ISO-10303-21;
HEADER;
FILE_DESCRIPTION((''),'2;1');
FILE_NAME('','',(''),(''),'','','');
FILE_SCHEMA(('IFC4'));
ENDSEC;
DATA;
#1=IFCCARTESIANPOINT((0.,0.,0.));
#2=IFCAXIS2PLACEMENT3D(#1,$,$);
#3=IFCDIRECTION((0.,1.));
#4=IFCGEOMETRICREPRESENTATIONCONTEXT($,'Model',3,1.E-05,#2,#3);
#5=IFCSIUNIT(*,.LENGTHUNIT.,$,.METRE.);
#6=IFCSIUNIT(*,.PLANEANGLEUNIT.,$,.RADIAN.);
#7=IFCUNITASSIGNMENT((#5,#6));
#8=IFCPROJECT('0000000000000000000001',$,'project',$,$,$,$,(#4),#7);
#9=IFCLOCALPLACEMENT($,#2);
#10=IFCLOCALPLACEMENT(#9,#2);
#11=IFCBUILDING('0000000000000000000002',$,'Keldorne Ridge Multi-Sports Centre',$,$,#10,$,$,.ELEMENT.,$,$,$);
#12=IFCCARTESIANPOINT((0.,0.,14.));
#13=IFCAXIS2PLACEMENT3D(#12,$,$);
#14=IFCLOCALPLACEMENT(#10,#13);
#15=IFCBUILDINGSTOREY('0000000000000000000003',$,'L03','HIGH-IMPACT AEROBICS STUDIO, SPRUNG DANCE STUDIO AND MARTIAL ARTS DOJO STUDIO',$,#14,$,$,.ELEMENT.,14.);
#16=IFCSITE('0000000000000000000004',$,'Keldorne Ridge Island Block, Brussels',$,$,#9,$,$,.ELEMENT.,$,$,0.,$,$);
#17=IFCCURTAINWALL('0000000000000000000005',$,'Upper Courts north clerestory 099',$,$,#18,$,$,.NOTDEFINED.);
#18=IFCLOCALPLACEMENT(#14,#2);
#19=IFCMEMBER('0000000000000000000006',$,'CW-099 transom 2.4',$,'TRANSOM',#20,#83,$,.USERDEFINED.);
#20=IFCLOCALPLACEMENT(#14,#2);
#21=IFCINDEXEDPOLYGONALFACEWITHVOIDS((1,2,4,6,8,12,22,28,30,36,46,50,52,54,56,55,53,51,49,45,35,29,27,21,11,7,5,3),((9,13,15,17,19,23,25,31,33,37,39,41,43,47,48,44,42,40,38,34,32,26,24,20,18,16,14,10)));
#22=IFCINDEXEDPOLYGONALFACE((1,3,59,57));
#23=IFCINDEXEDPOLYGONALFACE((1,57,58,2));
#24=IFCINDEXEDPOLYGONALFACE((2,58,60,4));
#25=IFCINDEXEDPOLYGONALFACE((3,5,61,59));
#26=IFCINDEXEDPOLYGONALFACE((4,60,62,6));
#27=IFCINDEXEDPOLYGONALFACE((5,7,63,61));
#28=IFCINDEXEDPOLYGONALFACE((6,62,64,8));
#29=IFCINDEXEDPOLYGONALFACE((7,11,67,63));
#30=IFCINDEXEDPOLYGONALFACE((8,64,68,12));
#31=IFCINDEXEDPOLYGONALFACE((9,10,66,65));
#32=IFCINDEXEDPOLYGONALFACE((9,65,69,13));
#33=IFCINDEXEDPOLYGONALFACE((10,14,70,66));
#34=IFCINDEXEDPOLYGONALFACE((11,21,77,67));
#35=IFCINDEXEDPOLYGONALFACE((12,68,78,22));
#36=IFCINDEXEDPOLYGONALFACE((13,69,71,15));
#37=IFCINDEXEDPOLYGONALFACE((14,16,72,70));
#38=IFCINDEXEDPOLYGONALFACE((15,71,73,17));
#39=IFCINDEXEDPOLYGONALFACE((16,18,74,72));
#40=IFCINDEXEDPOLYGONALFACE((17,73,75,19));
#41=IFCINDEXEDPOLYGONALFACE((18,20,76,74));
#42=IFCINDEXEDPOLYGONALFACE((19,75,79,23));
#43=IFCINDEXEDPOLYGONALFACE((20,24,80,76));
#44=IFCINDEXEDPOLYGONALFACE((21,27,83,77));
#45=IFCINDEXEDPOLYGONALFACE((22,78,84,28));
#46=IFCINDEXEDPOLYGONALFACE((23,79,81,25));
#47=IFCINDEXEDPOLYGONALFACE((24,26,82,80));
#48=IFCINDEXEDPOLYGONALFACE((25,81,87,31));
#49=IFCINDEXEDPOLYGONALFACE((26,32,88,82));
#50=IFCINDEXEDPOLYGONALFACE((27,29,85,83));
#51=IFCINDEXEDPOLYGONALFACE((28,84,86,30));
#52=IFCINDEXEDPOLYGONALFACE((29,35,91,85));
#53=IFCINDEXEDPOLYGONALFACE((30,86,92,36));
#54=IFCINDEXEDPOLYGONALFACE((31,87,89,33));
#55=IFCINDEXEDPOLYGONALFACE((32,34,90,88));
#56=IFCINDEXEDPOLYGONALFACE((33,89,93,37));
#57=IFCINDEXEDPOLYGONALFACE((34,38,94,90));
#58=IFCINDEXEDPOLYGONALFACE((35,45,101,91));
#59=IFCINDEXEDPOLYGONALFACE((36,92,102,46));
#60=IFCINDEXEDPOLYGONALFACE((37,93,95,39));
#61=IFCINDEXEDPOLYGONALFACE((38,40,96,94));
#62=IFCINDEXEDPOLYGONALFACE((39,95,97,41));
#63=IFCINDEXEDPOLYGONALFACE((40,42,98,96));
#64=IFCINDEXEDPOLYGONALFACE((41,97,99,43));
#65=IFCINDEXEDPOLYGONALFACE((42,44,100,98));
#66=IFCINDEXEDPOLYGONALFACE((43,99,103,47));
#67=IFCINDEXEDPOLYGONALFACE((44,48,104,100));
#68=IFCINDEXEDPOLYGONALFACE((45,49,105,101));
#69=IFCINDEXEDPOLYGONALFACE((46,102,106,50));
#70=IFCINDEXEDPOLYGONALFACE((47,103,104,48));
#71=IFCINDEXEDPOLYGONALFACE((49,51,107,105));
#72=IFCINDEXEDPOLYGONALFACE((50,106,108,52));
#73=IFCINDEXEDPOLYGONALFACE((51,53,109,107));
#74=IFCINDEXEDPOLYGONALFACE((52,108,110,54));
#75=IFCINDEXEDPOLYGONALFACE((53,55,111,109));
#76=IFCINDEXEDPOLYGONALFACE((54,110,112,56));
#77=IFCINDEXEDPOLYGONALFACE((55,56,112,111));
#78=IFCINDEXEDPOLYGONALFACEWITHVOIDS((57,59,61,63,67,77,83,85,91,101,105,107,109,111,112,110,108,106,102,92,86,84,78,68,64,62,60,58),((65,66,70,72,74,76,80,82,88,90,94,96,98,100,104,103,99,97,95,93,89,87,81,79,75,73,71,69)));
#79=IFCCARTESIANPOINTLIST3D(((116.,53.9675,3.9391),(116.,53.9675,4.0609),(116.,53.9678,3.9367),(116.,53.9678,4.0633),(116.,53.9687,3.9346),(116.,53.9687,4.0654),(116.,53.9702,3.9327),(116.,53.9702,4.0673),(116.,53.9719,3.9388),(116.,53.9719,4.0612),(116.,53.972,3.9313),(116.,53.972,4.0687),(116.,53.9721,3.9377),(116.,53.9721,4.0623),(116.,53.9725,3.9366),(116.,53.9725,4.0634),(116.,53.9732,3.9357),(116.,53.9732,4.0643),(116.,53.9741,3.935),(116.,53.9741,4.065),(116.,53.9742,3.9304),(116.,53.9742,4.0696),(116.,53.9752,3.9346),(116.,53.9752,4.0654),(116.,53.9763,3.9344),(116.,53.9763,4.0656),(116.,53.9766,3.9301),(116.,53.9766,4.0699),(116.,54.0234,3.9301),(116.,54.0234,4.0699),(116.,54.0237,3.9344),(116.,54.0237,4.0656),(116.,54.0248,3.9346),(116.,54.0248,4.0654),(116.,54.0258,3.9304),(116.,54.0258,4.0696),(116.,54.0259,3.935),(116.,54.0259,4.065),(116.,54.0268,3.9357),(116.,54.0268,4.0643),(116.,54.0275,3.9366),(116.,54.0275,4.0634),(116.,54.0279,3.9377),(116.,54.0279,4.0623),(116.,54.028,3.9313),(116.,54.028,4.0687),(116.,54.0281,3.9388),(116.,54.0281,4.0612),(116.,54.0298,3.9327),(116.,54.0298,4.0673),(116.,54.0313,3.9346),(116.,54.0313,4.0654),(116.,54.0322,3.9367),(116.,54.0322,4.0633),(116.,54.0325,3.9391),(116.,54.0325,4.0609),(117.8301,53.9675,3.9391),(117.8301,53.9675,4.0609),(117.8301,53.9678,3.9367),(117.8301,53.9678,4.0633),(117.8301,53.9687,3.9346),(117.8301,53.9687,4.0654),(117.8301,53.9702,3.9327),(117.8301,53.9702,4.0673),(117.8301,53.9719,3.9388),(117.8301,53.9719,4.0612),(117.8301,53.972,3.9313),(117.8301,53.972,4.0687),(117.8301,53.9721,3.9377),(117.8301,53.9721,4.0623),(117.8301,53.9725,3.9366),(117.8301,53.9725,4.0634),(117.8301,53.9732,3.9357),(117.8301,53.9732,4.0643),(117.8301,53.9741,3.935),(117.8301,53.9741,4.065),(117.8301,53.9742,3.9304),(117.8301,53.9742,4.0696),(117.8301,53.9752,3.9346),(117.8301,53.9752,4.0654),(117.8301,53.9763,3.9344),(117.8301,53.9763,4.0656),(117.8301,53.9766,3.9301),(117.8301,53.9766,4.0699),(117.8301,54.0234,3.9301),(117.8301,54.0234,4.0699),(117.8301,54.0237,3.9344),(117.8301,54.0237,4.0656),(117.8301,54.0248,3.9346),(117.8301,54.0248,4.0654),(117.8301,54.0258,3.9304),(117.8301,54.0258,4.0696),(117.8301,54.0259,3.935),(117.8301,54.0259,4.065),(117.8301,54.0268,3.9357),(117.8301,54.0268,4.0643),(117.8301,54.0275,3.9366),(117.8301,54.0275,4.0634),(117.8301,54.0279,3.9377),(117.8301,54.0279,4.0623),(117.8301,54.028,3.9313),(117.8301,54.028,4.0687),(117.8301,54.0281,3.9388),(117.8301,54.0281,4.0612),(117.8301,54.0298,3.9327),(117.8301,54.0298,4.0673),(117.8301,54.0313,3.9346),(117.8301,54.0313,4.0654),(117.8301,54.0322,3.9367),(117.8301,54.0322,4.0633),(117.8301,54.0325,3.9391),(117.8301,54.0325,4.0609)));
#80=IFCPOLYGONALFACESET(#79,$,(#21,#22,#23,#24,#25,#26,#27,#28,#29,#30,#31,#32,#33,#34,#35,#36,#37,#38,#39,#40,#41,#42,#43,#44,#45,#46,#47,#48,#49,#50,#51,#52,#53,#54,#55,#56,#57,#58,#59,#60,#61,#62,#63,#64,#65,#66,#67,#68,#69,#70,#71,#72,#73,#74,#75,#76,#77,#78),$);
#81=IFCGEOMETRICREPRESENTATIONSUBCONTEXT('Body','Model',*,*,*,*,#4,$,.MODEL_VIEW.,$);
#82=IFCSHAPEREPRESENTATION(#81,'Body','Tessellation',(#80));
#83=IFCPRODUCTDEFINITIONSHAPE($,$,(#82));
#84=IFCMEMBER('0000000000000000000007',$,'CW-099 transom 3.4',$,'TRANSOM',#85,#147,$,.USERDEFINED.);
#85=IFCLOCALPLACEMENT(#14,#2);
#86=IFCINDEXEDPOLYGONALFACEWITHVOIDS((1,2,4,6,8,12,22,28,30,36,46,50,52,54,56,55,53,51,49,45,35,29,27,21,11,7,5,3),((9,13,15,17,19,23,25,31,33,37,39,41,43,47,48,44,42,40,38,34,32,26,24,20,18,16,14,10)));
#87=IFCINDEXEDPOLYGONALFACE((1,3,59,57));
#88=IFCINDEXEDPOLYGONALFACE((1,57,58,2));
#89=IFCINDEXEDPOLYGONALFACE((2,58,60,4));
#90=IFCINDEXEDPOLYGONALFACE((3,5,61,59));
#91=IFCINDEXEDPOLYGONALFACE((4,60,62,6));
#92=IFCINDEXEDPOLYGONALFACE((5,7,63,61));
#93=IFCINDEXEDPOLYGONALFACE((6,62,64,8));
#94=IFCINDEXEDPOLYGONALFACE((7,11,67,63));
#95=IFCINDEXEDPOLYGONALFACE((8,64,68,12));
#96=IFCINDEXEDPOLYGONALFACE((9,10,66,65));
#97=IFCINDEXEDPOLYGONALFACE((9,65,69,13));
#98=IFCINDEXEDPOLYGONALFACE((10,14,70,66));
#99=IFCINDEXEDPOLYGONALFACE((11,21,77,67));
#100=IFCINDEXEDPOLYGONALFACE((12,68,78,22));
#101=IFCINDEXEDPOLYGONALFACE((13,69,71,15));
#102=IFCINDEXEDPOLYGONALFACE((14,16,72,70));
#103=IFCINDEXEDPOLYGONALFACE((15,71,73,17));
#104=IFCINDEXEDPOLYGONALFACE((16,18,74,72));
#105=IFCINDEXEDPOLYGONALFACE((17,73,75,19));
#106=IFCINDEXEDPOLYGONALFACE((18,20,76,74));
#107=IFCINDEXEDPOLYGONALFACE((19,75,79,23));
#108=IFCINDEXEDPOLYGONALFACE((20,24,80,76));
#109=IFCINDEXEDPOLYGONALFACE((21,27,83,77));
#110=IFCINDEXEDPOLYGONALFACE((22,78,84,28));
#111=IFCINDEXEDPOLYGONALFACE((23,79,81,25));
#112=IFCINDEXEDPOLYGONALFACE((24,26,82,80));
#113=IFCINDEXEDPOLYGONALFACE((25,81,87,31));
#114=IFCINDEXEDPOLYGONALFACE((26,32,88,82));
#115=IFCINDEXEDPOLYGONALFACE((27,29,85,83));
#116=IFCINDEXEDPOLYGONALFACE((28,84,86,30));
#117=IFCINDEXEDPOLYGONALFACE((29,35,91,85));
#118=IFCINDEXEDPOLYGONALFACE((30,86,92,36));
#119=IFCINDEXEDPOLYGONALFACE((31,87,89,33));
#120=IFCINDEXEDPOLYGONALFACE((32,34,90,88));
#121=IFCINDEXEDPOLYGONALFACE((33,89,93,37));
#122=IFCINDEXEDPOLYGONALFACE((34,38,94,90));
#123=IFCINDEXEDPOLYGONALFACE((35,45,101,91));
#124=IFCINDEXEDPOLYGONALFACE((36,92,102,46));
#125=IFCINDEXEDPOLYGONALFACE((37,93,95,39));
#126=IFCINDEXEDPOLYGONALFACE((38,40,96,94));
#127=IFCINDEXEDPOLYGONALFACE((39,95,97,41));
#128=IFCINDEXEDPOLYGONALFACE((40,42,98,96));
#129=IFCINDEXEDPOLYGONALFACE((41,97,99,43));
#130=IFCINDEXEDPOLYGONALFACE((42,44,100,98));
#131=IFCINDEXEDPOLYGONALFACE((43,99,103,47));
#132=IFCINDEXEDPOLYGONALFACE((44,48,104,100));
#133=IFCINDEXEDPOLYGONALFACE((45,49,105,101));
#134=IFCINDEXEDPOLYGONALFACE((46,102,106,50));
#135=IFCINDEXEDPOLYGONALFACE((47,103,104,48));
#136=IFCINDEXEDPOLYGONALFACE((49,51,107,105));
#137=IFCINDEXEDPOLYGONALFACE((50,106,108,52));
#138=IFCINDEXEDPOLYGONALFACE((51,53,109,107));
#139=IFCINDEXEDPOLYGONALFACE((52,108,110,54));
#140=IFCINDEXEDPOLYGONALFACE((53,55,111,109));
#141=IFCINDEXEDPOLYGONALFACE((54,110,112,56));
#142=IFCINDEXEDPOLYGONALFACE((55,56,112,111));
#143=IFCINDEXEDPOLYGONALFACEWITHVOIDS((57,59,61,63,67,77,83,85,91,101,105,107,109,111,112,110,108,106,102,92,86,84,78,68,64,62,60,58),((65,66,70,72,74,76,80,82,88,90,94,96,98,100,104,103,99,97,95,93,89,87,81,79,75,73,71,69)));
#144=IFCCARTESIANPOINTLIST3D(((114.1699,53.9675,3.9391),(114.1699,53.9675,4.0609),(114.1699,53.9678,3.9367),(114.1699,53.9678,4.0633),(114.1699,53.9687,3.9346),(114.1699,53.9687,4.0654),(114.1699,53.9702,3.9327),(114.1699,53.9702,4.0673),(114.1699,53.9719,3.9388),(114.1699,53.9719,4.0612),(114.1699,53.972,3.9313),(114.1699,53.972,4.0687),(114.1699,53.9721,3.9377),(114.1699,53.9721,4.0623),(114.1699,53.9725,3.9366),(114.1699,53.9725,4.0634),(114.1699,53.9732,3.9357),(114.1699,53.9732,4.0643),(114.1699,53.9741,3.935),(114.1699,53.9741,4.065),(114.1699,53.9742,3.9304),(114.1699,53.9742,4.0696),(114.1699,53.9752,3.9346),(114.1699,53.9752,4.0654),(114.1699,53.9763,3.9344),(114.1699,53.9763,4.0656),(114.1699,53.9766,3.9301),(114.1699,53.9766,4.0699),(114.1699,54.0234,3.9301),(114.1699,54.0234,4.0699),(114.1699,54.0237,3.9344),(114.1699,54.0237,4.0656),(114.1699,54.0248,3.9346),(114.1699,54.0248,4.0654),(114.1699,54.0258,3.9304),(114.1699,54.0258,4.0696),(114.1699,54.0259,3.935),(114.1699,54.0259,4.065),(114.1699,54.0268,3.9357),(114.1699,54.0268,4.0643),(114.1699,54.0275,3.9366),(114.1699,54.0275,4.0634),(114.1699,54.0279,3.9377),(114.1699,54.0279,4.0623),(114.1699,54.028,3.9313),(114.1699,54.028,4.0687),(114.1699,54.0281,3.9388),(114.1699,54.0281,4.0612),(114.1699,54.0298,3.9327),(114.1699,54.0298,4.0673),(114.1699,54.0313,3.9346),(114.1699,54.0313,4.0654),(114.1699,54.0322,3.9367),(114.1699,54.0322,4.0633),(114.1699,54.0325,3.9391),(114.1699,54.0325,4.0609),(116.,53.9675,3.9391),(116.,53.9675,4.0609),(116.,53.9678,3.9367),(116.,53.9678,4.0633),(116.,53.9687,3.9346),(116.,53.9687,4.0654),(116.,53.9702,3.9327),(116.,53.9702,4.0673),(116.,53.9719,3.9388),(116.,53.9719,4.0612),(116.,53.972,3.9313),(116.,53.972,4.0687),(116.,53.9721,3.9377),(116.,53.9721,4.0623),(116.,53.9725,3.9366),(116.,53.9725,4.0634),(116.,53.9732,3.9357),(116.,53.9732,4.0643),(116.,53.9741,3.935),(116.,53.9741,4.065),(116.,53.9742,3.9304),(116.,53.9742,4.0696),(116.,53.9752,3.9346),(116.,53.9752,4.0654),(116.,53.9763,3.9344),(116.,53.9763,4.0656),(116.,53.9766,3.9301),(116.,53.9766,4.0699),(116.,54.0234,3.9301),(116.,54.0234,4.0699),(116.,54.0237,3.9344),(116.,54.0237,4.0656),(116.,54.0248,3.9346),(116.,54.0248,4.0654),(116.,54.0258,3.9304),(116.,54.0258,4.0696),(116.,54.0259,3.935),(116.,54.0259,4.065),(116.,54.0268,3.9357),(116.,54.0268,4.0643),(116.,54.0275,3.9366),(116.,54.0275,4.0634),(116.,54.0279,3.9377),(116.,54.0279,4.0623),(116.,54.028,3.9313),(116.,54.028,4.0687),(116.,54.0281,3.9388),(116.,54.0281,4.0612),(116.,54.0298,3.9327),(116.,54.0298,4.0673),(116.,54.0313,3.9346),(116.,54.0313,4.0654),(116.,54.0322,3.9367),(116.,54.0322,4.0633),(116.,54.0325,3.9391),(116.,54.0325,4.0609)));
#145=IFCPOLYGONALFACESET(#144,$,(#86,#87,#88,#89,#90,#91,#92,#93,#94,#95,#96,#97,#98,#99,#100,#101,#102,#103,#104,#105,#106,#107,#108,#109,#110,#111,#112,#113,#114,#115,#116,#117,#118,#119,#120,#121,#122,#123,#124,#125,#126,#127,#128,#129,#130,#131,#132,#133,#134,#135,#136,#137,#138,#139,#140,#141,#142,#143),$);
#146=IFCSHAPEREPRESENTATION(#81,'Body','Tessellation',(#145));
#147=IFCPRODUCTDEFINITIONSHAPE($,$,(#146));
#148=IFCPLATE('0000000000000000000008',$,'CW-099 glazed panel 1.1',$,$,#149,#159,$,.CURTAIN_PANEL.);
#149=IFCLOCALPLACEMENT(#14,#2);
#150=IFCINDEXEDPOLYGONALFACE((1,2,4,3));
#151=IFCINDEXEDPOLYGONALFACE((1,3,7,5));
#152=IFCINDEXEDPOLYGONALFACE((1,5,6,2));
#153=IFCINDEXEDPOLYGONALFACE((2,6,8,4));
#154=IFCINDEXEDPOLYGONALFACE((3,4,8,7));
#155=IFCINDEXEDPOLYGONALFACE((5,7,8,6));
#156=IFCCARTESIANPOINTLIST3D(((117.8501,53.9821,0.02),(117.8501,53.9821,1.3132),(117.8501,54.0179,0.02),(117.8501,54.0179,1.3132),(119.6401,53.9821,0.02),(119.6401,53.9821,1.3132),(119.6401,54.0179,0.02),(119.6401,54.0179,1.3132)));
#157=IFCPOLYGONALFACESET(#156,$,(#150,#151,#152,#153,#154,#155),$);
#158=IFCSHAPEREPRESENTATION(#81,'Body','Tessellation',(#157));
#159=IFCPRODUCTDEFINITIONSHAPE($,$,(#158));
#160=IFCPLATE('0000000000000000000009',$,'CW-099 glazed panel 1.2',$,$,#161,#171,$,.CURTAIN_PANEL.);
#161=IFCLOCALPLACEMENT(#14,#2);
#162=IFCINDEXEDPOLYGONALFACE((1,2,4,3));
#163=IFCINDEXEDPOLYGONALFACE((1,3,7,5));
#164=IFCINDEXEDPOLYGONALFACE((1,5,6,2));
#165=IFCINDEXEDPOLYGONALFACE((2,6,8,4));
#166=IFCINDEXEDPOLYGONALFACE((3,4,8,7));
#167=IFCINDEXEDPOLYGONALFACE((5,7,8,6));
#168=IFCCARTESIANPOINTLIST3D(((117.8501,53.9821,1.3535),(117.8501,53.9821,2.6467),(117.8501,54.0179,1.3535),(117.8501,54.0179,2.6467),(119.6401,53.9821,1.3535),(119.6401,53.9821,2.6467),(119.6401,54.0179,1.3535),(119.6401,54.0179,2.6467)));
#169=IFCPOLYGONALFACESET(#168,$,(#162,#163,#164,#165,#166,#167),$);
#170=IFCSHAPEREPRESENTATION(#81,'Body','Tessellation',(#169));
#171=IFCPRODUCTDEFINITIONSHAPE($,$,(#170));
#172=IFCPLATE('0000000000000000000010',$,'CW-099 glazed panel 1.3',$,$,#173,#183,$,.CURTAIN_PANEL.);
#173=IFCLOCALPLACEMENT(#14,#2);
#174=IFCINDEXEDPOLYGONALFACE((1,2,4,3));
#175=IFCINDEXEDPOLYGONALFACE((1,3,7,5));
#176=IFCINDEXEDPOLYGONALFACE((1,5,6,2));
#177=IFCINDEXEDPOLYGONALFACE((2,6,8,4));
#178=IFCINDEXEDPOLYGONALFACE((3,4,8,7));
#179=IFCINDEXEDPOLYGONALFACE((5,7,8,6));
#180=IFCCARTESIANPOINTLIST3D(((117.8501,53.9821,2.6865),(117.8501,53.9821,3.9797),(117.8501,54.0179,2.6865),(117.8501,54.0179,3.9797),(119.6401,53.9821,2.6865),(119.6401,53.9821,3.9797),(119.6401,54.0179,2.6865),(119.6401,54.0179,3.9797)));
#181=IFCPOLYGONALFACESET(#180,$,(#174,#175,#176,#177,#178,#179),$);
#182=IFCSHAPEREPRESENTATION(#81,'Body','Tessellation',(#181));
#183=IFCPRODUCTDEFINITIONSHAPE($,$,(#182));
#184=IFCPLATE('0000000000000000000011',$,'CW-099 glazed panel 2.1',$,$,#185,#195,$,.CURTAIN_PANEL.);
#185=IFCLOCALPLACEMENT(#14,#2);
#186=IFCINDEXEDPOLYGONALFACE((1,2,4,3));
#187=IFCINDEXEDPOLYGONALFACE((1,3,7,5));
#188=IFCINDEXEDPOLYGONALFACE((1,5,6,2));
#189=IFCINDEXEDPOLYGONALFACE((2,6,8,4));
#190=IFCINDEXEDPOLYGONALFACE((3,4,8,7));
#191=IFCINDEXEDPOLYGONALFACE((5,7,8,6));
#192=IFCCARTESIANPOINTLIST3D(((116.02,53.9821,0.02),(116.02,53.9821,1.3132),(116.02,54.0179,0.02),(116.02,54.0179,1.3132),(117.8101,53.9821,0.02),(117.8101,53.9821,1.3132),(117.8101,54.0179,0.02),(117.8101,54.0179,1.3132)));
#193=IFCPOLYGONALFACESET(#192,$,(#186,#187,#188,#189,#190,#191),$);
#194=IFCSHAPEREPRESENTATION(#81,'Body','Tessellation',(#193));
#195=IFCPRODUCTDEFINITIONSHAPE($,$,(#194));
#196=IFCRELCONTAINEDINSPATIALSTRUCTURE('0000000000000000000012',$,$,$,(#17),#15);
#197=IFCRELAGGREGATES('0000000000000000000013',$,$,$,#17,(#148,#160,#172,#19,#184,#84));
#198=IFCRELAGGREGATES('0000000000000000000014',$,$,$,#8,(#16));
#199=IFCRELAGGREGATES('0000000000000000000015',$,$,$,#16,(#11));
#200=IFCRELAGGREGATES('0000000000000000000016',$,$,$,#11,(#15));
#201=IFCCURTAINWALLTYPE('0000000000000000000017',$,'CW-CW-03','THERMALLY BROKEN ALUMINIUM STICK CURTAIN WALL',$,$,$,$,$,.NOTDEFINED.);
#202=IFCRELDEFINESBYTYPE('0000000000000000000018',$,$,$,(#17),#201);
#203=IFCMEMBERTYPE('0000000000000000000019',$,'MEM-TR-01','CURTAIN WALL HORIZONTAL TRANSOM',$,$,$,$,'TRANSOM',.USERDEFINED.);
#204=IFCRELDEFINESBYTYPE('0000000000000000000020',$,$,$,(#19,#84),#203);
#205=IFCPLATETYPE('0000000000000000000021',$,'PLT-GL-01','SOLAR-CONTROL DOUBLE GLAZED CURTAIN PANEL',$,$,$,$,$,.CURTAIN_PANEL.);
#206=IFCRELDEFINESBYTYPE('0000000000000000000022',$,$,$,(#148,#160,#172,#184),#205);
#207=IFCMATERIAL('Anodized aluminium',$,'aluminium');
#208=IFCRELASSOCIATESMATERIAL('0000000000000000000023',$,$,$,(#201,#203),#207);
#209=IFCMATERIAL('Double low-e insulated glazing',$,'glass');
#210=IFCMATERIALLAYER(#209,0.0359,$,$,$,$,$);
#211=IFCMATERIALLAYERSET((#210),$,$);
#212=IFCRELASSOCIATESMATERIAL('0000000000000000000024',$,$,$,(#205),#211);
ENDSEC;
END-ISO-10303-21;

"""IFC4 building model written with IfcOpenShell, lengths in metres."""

from ifc_helpers import new_model, si_unit, direction, frame, origin, origin_2d, place, context, subcontext, project, spatial, rectangle, hollow_rectangle, extrude, material, layer, layer_set, material_profile, profile_set, type_object, element, aggregate, save


model = new_model("IFC4")

# Units and contexts
model_context = context("Model", 3, precision=1e-05, world=origin(), true_north=direction((0.0, 1.0)))
body_context = subcontext(model_context, "Body", "Model", "MODEL_VIEW")
ifc_project = project(units=[si_unit("LENGTHUNIT", "METRE"), si_unit("PLANEANGLEUNIT", "RADIAN")], contexts=[model_context])

# Site, building, storey
site_placement = place(None, origin())
site = spatial("IfcSite", under=ifc_project, at=site_placement, Name="Keldorne Ridge Island Block, Brussels", CompositionType="ELEMENT", RefElevation=0.0)
building_placement = place(site_placement, origin())
building = spatial("IfcBuilding", under=site, at=building_placement, Name="Keldorne Ridge Multi-Sports Centre", CompositionType="ELEMENT")
storey_placement = place(building_placement, frame((0.0, 0.0, 14.0)))
storey = spatial("IfcBuildingStorey", under=building, at=storey_placement, Name="L03", Description="HIGH-IMPACT AEROBICS STUDIO, SPRUNG DANCE STUDIO AND MARTIAL ARTS DOJO STUDIO", CompositionType="ELEMENT", Elevation=14.0)

# Curtain wall, members, plates
ifc_material_1 = material(Name="Anodized aluminium", Category="aluminium")
curtain_wall_type = type_object("IfcCurtainWallType", Name="CW-CW-03", Description="THERMALLY BROKEN ALUMINIUM STICK CURTAIN WALL", PredefinedType="NOTDEFINED", material=ifc_material_1)
curtain_wall_placement = place(storey_placement, origin())
curtain_wall = element("IfcCurtainWall", 1, at=curtain_wall_placement, inside=storey, type_object=curtain_wall_type, Name="Upper Courts north clerestory 099", PredefinedType="NOTDEFINED")
ifc_material_profile_1 = material_profile(ifc_material_1, hollow_rectangle(XDim=0.0649, YDim=0.1399, WallThickness=0.0044, InnerFilletRadius=0.0044, OuterFilletRadius=0.009, at=origin_2d()), Name="ALU TRANSOM 140x65x4.5")
ifc_profile_set_1 = profile_set([ifc_material_profile_1], Name="Anodized aluminium")
member_type_1 = type_object("IfcMemberType", Name="MEM-TR-01", Description="CURTAIN WALL HORIZONTAL TRANSOM", ElementType="TRANSOM", PredefinedType="USERDEFINED", material=ifc_profile_set_1)
member_1_placement = place(storey_placement, frame((117.8301, 54.0, 4.0), z_axis=(-1.0, 0.0, 0.0), x_axis=(0.0, -1.0, 0.0)))
member_1 = element("IfcMember", 2, at=member_1_placement, type_object=member_type_1, Name="CW-099 transom 2.4", ObjectType="TRANSOM", PredefinedType="USERDEFINED", context=body_context, shape_type="SweptSolid", body=[
    extrude(hollow_rectangle(XDim=0.0649, YDim=0.1399, WallThickness=0.0044, InnerFilletRadius=0.0044, OuterFilletRadius=0.009, at=origin_2d()), origin(), (0.0, 0.0, 1.0), 1.8301),
])
member_2_placement = place(storey_placement, frame((116.0, 54.0, 4.0), z_axis=(-1.0, 0.0, 0.0), x_axis=(0.0, -1.0, 0.0)))
member_2 = element("IfcMember", 3, at=member_2_placement, type_object=member_type_1, Name="CW-099 transom 3.4", ObjectType="TRANSOM", PredefinedType="USERDEFINED", context=body_context, shape_type="SweptSolid", body=[
    extrude(hollow_rectangle(XDim=0.0649, YDim=0.1399, WallThickness=0.0044, InnerFilletRadius=0.0044, OuterFilletRadius=0.009, at=origin_2d()), origin(), (0.0, 0.0, 1.0), 1.8301),
])
ifc_material_2 = material(Name="Double low-e insulated glazing", Category="glass")
ifc_layer_1 = layer(ifc_material_2, 0.0359)
ifc_layer_set_1 = layer_set([ifc_layer_1])
plate_type = type_object("IfcPlateType", Name="PLT-GL-01", Description="SOLAR-CONTROL DOUBLE GLAZED CURTAIN PANEL", PredefinedType="CURTAIN_PANEL", material=ifc_layer_set_1)
plate_1_placement = place(storey_placement, frame((118.7451, 54.0, 0.02), z_axis=(0.0, 0.0, 1.0), x_axis=(-1.0, 0.0, 0.0)))
plate_1 = element("IfcPlate", 4, at=plate_1_placement, type_object=plate_type, Name="CW-099 glazed panel 1.1", PredefinedType="CURTAIN_PANEL", context=body_context, shape_type="SweptSolid", body=[
    extrude(rectangle(XDim=1.79, YDim=0.0359, at=origin_2d()), origin(), (0.0, 0.0, 1.0), 1.2932),
])
plate_2_placement = place(storey_placement, frame((118.7451, 54.0, 1.3535), z_axis=(0.0, 0.0, 1.0), x_axis=(-1.0, 0.0, 0.0)))
plate_2 = element("IfcPlate", 5, at=plate_2_placement, type_object=plate_type, Name="CW-099 glazed panel 1.2", PredefinedType="CURTAIN_PANEL", context=body_context, shape_type="SweptSolid", body=[
    extrude(rectangle(XDim=1.79, YDim=0.0359, at=origin_2d()), origin(), (0.0, 0.0, 1.0), 1.2932),
])
plate_3_placement = place(storey_placement, frame((118.7451, 54.0, 2.6865), z_axis=(0.0, 0.0, 1.0), x_axis=(-1.0, 0.0, 0.0)))
plate_3 = element("IfcPlate", 6, at=plate_3_placement, type_object=plate_type, Name="CW-099 glazed panel 1.3", PredefinedType="CURTAIN_PANEL", context=body_context, shape_type="SweptSolid", body=[
    extrude(rectangle(XDim=1.79, YDim=0.0359, at=origin_2d()), origin(), (0.0, 0.0, 1.0), 1.2932),
])
plate_4_placement = place(storey_placement, frame((116.915, 54.0, 0.02), z_axis=(0.0, 0.0, 1.0), x_axis=(-1.0, 0.0, 0.0)))
plate_4 = element("IfcPlate", 7, at=plate_4_placement, type_object=plate_type, Name="CW-099 glazed panel 2.1", PredefinedType="CURTAIN_PANEL", context=body_context, shape_type="SweptSolid", body=[
    extrude(rectangle(XDim=1.79, YDim=0.0359, at=origin_2d()), origin(), (0.0, 0.0, 1.0), 1.2932),
])
aggregate(curtain_wall, [plate_1, plate_2, plate_3, member_1, plate_4, member_2])

save(model, "model.ifc")
